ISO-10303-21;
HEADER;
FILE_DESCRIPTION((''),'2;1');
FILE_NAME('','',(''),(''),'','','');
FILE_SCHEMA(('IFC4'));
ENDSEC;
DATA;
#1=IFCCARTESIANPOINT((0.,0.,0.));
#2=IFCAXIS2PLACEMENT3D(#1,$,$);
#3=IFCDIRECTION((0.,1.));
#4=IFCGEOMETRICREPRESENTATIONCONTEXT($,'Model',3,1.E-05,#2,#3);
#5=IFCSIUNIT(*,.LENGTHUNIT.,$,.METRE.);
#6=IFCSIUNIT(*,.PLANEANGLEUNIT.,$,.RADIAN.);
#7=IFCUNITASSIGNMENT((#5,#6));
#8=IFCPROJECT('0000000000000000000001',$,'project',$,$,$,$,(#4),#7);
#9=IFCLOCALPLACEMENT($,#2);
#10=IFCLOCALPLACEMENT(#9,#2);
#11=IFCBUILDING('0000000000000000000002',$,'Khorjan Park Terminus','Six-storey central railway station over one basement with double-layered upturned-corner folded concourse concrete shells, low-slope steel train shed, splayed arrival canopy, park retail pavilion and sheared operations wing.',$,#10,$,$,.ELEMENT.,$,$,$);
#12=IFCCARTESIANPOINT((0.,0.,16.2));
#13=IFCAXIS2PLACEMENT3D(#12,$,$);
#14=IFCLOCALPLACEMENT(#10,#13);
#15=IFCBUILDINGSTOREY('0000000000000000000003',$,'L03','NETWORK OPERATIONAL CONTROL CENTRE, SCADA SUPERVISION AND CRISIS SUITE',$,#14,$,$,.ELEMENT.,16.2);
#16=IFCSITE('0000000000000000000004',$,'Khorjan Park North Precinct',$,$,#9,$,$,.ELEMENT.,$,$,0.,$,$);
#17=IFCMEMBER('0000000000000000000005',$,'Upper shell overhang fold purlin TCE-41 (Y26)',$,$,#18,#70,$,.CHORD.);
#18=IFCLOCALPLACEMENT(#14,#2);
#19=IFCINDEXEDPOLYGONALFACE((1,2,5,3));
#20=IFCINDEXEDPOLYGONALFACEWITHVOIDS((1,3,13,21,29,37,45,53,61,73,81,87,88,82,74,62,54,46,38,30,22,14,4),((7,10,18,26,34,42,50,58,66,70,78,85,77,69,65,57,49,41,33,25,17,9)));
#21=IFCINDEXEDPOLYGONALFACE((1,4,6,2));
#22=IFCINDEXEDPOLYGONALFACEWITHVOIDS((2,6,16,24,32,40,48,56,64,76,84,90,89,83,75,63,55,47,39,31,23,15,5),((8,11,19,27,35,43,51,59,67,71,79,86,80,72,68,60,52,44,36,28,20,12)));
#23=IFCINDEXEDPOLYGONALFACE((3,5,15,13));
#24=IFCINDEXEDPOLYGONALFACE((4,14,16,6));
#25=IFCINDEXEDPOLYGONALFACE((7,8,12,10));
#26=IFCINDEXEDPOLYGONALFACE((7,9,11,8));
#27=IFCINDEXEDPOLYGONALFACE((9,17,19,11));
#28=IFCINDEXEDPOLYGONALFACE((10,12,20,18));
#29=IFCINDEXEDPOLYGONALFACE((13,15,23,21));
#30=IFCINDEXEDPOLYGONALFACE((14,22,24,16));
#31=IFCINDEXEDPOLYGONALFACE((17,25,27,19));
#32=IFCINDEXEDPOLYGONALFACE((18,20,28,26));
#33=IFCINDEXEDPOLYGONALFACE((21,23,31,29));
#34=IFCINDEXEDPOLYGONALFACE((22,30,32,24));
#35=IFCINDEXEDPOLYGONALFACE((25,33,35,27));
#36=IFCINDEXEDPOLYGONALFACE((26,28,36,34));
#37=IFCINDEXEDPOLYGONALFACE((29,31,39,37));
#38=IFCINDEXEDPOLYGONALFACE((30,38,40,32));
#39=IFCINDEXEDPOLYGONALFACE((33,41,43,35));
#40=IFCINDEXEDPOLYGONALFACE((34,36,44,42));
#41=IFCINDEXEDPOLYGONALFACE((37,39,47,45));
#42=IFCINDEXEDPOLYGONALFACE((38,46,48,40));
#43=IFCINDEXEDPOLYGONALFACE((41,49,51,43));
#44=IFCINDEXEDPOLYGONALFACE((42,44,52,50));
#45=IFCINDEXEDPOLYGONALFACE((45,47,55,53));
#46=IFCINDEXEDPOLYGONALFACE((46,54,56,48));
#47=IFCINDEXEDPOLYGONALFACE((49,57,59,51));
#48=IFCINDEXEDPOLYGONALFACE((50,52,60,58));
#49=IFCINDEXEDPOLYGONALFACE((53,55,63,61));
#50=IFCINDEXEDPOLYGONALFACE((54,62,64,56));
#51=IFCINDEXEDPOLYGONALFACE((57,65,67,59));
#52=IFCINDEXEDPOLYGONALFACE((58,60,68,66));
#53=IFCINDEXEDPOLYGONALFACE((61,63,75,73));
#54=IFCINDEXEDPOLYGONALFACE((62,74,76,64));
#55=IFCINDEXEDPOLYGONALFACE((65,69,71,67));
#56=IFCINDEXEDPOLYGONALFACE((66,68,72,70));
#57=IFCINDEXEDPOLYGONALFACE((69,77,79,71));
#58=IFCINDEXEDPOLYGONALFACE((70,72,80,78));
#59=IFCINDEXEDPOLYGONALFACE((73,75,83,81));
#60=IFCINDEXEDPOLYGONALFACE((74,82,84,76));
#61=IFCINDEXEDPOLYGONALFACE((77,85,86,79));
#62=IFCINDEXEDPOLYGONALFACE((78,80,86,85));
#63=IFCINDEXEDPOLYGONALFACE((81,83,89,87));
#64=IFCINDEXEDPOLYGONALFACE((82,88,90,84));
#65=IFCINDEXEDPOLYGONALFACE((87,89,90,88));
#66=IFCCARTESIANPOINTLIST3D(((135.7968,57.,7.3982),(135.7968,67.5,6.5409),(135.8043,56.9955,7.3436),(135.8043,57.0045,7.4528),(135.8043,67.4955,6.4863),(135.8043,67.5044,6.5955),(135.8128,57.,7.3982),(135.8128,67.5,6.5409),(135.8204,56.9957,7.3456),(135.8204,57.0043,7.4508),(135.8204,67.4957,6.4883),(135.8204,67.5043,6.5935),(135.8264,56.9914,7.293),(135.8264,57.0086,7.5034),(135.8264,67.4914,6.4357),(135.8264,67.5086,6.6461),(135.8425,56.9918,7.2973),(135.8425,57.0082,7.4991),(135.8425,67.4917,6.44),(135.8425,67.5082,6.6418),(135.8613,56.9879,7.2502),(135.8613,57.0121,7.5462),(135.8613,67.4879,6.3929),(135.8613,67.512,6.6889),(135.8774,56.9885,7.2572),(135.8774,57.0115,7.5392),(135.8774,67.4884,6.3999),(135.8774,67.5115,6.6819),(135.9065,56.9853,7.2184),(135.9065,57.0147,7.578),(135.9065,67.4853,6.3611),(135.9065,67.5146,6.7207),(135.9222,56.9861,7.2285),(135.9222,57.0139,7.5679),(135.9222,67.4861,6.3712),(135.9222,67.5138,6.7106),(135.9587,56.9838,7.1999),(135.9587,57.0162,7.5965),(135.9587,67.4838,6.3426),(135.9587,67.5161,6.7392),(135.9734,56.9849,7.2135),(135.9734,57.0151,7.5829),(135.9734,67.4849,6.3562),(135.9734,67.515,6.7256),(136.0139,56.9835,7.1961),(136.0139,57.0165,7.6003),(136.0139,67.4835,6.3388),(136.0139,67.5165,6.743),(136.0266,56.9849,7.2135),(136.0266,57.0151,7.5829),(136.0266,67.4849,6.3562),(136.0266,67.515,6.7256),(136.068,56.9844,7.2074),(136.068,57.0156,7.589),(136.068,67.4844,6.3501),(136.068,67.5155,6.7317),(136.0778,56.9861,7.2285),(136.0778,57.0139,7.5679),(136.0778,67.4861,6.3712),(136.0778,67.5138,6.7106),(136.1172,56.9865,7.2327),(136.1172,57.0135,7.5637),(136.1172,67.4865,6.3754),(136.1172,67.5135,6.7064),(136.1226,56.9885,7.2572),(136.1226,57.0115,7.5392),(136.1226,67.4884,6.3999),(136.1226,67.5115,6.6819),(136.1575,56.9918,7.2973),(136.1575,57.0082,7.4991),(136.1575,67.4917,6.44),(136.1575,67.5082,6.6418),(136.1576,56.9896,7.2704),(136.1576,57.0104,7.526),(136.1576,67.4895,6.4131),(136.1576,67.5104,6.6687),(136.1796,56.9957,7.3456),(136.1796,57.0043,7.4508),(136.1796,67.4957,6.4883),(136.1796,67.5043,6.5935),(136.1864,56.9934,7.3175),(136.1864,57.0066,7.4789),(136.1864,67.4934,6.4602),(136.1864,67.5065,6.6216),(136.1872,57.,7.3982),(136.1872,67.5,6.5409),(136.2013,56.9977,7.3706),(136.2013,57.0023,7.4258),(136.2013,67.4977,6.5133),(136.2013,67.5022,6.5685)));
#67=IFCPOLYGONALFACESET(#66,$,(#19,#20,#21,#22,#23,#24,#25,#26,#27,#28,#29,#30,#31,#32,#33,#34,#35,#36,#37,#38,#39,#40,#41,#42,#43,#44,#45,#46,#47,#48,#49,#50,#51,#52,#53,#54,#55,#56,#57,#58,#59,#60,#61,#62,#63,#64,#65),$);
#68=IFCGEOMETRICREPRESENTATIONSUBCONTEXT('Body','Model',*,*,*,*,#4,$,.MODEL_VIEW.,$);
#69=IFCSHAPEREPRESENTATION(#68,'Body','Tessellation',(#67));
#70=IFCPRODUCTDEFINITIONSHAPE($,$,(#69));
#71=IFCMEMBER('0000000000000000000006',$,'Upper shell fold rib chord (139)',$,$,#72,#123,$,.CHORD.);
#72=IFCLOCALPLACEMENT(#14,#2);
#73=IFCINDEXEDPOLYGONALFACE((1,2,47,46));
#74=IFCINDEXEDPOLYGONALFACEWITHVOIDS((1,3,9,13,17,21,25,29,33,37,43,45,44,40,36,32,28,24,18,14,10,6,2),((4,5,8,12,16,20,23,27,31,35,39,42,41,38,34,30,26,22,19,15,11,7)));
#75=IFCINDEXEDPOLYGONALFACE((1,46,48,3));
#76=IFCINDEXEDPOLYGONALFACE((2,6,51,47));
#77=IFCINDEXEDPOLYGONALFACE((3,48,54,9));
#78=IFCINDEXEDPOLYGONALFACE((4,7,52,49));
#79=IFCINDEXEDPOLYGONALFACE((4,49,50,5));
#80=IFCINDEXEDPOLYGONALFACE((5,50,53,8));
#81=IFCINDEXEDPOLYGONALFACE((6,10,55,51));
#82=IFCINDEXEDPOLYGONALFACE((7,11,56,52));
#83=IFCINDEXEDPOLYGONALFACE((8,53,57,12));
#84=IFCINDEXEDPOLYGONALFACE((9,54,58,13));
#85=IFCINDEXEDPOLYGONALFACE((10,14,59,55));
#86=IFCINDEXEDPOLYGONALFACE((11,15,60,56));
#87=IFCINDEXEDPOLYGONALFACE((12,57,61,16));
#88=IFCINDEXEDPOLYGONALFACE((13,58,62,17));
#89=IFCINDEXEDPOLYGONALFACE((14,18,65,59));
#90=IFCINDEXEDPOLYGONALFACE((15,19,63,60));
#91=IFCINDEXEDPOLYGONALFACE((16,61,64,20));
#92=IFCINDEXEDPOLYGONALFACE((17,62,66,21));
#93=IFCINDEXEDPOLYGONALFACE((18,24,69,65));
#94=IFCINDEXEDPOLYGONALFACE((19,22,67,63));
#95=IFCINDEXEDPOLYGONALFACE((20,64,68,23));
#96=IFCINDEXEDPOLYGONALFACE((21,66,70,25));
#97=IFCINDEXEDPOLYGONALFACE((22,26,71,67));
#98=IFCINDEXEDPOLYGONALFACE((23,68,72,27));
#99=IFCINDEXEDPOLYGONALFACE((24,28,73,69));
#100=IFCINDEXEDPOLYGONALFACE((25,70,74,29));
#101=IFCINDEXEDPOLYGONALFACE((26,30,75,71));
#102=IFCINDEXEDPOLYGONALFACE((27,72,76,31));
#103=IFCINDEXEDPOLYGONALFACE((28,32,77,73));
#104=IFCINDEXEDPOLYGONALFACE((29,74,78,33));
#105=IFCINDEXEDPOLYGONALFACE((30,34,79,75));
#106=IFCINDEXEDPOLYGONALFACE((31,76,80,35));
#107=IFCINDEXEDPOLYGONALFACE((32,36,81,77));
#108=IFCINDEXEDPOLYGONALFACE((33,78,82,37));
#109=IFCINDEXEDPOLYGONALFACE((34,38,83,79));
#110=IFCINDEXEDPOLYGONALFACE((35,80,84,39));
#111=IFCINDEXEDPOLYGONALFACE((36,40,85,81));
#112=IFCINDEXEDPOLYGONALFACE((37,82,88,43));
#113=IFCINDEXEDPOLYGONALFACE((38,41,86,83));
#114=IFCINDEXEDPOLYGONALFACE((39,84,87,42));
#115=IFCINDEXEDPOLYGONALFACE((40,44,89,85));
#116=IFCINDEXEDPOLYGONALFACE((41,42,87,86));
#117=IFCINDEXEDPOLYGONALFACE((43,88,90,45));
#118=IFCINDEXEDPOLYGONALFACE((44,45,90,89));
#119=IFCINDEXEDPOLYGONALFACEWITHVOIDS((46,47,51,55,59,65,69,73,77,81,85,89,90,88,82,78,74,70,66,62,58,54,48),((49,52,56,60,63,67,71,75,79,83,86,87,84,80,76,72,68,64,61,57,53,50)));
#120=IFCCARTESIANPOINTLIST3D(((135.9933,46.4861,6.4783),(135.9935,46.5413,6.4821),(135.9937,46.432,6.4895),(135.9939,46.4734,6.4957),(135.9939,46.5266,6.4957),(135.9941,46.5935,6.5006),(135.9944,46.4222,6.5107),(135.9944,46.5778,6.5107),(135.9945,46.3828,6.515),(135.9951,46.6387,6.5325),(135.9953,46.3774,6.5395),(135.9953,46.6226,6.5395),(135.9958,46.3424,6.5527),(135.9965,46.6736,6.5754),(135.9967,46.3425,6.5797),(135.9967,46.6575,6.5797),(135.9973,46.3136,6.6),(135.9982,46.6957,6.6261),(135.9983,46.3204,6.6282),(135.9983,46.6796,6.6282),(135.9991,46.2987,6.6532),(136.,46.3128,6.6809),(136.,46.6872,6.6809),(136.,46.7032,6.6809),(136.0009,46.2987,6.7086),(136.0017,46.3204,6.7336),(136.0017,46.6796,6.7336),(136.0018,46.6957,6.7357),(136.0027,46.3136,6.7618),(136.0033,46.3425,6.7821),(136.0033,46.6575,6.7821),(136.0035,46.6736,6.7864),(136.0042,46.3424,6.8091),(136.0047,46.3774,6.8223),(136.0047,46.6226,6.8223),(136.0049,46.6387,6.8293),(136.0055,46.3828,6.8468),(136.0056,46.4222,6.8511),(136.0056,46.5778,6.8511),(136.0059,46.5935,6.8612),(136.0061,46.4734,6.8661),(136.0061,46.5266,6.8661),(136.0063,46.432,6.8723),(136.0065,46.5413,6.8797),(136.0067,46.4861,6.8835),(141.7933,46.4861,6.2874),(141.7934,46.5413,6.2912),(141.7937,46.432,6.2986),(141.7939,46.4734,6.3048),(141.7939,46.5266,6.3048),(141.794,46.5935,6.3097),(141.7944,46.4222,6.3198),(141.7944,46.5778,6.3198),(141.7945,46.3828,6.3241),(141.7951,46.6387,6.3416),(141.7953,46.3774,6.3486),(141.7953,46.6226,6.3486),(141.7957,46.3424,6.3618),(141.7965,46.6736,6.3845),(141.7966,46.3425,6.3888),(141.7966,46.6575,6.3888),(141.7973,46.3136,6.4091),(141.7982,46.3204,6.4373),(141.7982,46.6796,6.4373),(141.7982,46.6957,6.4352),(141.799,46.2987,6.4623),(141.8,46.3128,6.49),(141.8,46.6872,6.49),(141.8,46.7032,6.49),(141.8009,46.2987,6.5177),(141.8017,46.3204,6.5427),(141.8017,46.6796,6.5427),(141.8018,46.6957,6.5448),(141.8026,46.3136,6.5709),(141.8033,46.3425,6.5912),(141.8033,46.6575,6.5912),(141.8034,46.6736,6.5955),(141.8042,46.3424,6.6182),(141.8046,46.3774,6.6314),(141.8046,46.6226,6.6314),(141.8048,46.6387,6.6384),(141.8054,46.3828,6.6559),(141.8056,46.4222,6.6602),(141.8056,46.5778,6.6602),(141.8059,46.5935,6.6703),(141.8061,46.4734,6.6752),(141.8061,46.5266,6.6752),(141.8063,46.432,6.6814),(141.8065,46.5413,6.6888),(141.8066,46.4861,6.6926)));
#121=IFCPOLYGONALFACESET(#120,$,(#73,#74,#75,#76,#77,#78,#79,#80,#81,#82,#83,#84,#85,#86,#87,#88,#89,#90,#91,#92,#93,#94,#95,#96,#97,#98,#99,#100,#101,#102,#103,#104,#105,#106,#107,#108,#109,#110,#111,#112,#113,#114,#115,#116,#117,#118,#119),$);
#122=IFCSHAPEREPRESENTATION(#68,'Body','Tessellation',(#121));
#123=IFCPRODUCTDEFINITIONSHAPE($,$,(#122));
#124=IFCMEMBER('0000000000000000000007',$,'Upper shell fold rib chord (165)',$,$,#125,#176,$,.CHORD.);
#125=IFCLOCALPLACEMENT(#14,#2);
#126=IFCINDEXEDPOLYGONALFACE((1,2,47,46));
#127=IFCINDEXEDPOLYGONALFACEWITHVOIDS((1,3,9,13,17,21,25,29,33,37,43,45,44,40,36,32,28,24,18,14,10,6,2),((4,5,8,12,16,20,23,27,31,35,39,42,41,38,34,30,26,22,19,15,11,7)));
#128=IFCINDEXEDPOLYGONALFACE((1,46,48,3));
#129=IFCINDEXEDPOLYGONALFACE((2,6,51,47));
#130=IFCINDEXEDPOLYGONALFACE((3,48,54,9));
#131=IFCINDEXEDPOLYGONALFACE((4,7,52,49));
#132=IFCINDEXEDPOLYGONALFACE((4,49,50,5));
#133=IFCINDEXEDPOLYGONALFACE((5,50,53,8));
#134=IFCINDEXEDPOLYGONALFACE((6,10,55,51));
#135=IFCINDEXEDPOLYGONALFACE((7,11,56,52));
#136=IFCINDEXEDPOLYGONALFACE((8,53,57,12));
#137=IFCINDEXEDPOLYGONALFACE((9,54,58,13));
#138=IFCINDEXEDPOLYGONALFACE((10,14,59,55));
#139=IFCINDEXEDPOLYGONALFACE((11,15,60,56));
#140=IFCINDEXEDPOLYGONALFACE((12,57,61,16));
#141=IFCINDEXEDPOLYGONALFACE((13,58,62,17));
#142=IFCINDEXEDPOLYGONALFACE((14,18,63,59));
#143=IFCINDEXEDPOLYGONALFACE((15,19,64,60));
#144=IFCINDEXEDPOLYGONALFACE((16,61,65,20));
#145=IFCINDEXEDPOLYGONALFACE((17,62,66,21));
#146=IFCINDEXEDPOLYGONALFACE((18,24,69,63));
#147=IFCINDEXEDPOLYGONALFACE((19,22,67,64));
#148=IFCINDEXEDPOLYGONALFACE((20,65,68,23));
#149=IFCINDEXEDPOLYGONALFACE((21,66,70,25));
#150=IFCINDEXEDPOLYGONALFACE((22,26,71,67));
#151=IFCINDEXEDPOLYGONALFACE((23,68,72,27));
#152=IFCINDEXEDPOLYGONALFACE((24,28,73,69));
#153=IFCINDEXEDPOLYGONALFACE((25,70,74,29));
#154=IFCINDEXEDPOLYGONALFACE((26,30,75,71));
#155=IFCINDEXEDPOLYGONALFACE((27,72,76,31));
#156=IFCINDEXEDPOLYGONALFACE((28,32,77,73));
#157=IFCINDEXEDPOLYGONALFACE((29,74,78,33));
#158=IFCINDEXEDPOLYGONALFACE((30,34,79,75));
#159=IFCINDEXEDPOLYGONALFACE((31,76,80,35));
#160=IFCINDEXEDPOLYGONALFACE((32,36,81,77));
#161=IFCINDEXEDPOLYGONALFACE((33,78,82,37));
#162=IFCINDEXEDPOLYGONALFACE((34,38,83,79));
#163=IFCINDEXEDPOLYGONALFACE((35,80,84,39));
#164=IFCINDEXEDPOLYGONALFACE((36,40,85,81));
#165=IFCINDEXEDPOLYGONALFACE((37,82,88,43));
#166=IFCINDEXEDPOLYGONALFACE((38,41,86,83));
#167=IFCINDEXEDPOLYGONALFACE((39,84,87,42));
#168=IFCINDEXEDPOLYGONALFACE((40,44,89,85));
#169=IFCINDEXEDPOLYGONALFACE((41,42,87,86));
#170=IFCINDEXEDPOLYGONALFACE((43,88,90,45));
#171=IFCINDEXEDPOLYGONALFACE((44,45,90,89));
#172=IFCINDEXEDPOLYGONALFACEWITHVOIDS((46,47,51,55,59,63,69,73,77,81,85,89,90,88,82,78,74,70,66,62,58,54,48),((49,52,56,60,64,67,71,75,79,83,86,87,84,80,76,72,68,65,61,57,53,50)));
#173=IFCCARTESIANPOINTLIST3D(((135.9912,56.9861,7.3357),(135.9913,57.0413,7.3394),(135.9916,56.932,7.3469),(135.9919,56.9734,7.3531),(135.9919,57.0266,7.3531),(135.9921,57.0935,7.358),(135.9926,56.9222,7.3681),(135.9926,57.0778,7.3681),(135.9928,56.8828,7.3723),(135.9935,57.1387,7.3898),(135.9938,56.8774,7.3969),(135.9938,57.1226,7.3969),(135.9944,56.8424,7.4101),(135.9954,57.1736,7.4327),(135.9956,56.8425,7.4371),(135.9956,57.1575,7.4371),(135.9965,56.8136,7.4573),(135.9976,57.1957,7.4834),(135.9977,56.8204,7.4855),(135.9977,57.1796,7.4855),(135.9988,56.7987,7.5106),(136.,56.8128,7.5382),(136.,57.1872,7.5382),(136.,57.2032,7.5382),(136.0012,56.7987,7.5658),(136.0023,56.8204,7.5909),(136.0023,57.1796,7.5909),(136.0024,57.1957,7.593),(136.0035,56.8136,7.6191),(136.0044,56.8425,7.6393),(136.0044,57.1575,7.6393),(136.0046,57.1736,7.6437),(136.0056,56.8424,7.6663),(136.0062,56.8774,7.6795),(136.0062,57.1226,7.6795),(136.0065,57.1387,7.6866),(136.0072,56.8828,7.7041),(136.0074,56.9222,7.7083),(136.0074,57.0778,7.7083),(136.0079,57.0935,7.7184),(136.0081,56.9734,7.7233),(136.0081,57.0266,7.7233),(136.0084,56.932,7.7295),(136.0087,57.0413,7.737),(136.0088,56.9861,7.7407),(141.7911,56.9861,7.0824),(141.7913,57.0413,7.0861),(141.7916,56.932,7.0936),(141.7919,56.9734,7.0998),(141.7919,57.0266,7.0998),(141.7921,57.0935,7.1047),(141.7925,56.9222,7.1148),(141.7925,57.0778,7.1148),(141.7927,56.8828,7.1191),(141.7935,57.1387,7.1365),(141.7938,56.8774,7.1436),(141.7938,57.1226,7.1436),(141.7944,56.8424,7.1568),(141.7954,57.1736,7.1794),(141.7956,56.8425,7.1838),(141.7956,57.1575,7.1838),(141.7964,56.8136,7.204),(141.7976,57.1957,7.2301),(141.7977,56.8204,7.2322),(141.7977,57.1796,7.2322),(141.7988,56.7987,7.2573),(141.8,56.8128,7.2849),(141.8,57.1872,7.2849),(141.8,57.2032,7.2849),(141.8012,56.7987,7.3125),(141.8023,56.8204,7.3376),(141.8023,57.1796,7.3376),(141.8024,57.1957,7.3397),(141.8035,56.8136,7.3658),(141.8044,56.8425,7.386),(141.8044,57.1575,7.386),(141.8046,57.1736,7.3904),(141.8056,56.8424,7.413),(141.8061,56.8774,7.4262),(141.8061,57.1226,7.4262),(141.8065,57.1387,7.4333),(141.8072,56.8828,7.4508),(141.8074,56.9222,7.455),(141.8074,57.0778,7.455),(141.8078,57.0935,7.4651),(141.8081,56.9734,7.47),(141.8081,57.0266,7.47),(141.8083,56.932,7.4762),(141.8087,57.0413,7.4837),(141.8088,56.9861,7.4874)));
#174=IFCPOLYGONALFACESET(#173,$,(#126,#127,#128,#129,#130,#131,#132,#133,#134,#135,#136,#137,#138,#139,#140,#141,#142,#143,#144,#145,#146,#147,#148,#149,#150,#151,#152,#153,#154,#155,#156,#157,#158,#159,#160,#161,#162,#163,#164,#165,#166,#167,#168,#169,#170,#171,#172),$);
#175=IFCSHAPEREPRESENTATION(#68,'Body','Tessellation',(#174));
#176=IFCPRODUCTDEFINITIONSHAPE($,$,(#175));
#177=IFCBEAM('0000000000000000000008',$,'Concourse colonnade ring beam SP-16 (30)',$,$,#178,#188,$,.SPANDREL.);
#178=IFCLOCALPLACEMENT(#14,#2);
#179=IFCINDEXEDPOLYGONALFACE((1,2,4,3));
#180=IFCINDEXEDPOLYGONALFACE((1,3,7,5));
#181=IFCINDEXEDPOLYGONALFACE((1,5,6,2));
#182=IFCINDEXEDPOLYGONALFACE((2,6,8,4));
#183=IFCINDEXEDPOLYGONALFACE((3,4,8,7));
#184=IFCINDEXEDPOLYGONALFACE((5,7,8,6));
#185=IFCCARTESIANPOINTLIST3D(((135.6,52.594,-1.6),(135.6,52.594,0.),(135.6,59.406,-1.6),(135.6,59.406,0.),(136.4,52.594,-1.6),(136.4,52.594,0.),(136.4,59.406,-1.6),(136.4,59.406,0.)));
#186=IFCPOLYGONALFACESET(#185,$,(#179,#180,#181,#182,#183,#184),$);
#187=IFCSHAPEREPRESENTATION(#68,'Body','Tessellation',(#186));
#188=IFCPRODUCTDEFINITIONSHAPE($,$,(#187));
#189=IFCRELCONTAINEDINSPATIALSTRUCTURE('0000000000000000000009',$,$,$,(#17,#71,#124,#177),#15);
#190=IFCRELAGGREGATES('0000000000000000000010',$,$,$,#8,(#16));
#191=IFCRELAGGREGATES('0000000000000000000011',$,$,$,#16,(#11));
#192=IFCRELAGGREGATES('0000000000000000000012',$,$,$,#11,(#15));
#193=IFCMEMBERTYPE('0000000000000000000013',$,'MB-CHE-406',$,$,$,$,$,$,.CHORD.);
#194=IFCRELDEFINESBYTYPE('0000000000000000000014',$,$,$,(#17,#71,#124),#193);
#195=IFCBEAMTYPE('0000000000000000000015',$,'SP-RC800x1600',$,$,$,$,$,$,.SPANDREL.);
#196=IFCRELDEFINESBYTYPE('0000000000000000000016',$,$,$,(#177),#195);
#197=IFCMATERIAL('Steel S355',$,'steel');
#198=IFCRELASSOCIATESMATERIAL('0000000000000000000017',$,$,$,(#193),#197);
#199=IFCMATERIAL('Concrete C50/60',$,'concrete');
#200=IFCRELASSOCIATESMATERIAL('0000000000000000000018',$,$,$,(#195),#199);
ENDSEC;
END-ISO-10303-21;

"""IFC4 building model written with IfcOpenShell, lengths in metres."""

from ifc_helpers import new_model, si_unit, direction, frame, origin, origin_2d, place, context, subcontext, project, spatial, rectangle, hollow_circle, extrude, material, material_profile, profile_set, type_object, element, save


model = new_model("IFC4")

# Units and contexts
model_context = context("Model", 3, precision=1e-05, world=origin(), true_north=direction((0.0, 1.0)))
body_context = subcontext(model_context, "Body", "Model", "MODEL_VIEW")
ifc_project = project(units=[si_unit("LENGTHUNIT", "METRE"), si_unit("PLANEANGLEUNIT", "RADIAN")], contexts=[model_context])

# Site, building, storey
site_placement = place(None, origin())
site = spatial("IfcSite", under=ifc_project, at=site_placement, Name="Khorjan Park North Precinct", CompositionType="ELEMENT", RefElevation=0.0)
building_placement = place(site_placement, origin())
building = spatial("IfcBuilding", under=site, at=building_placement, Name="Khorjan Park Terminus", Description="Six-storey central railway station over one basement with double-layered upturned-corner folded concourse concrete shells, low-slope steel train shed, splayed arrival canopy, park retail pavilion and sheared operations wing.", CompositionType="ELEMENT")
storey_placement = place(building_placement, frame((0.0, 0.0, 16.2)))
storey = spatial("IfcBuildingStorey", under=building, at=storey_placement, Name="L03", Description="NETWORK OPERATIONAL CONTROL CENTRE, SCADA SUPERVISION AND CRISIS SUITE", CompositionType="ELEMENT", Elevation=16.2)

# Shared definitions
ifc_material_1 = material(Name="Concrete C50/60", Category="concrete")

# Members
ifc_material_2 = material(Name="Steel S355", Category="steel")
ifc_material_profile_1 = material_profile(ifc_material_2, hollow_circle(Radius=0.2032, WallThickness=0.016, at=origin_2d()), Name="CHS 406.4x16")
ifc_profile_set_1 = profile_set([ifc_material_profile_1], Name="Steel S355")
member_type_1 = type_object("IfcMemberType", Name="MB-CHE-406", PredefinedType="CHORD", material=ifc_profile_set_1)
for number, where, z_axis, x_axis, name in (
    (1, (136.0, 57.0, 7.3982), (0.0, 0.996683, -0.081377), (-1.0, 0.0, 0.0), "Upper shell overhang fold purlin TCE-41 (Y26)"),
):
    element("IfcMember", number, at=place(storey_placement, frame(where, z_axis=z_axis, x_axis=x_axis)), inside=storey, type_object=member_type_1, Name=name, PredefinedType="CHORD", context=body_context, shape_type="SweptSolid", body=[
        extrude(hollow_circle(Radius=0.2032, WallThickness=0.016, at=origin_2d()), origin(), (0.0, 0.0, 1.0), 10.5349),
    ])
member_1_placement = place(storey_placement, frame((136.0, 46.5, 6.6809), z_axis=(0.999459, 0.0, -0.032896), x_axis=(0.0, 1.0, 0.0)))
element("IfcMember", 2, at=member_1_placement, inside=storey, type_object=member_type_1, Name="Upper shell fold rib chord (139)", PredefinedType="CHORD", context=body_context, shape_type="SweptSolid", body=[
    extrude(hollow_circle(Radius=0.2032, WallThickness=0.016, at=origin_2d()), origin(), (0.0, 0.0, 1.0), 5.8031),
])
member_2_placement = place(storey_placement, frame((136.0, 57.0, 7.5382), z_axis=(0.999048, 0.0, -0.043631), x_axis=(0.0, 1.0, 0.0)))
element("IfcMember", 3, at=member_2_placement, inside=storey, type_object=member_type_1, Name="Upper shell fold rib chord (165)", PredefinedType="CHORD", context=body_context, shape_type="SweptSolid", body=[
    extrude(hollow_circle(Radius=0.2032, WallThickness=0.016, at=origin_2d()), origin(), (0.0, 0.0, 1.0), 5.8055),
])

# Beam
ifc_material_profile_2 = material_profile(ifc_material_1, rectangle(XDim=0.8, YDim=1.6, at=origin_2d()), Name="RC 800x1600")
ifc_profile_set_2 = profile_set([ifc_material_profile_2], Name="Concrete C50/60")
beam_type = type_object("IfcBeamType", Name="SP-RC800x1600", PredefinedType="SPANDREL", material=ifc_profile_set_2)
beam_placement = place(storey_placement, frame((136.0, 52.594, -0.8), z_axis=(0.0, 1.0, 0.0), x_axis=(-1.0, 0.0, 0.0)))
element("IfcBeam", 4, at=beam_placement, inside=storey, type_object=beam_type, Name="Concourse colonnade ring beam SP-16 (30)", PredefinedType="SPANDREL", context=body_context, shape_type="SweptSolid", body=[
    extrude(rectangle(XDim=0.8, YDim=1.6, at=origin_2d()), origin(), (0.0, 0.0, 1.0), 6.812),
])

save(model, "model.ifc")
